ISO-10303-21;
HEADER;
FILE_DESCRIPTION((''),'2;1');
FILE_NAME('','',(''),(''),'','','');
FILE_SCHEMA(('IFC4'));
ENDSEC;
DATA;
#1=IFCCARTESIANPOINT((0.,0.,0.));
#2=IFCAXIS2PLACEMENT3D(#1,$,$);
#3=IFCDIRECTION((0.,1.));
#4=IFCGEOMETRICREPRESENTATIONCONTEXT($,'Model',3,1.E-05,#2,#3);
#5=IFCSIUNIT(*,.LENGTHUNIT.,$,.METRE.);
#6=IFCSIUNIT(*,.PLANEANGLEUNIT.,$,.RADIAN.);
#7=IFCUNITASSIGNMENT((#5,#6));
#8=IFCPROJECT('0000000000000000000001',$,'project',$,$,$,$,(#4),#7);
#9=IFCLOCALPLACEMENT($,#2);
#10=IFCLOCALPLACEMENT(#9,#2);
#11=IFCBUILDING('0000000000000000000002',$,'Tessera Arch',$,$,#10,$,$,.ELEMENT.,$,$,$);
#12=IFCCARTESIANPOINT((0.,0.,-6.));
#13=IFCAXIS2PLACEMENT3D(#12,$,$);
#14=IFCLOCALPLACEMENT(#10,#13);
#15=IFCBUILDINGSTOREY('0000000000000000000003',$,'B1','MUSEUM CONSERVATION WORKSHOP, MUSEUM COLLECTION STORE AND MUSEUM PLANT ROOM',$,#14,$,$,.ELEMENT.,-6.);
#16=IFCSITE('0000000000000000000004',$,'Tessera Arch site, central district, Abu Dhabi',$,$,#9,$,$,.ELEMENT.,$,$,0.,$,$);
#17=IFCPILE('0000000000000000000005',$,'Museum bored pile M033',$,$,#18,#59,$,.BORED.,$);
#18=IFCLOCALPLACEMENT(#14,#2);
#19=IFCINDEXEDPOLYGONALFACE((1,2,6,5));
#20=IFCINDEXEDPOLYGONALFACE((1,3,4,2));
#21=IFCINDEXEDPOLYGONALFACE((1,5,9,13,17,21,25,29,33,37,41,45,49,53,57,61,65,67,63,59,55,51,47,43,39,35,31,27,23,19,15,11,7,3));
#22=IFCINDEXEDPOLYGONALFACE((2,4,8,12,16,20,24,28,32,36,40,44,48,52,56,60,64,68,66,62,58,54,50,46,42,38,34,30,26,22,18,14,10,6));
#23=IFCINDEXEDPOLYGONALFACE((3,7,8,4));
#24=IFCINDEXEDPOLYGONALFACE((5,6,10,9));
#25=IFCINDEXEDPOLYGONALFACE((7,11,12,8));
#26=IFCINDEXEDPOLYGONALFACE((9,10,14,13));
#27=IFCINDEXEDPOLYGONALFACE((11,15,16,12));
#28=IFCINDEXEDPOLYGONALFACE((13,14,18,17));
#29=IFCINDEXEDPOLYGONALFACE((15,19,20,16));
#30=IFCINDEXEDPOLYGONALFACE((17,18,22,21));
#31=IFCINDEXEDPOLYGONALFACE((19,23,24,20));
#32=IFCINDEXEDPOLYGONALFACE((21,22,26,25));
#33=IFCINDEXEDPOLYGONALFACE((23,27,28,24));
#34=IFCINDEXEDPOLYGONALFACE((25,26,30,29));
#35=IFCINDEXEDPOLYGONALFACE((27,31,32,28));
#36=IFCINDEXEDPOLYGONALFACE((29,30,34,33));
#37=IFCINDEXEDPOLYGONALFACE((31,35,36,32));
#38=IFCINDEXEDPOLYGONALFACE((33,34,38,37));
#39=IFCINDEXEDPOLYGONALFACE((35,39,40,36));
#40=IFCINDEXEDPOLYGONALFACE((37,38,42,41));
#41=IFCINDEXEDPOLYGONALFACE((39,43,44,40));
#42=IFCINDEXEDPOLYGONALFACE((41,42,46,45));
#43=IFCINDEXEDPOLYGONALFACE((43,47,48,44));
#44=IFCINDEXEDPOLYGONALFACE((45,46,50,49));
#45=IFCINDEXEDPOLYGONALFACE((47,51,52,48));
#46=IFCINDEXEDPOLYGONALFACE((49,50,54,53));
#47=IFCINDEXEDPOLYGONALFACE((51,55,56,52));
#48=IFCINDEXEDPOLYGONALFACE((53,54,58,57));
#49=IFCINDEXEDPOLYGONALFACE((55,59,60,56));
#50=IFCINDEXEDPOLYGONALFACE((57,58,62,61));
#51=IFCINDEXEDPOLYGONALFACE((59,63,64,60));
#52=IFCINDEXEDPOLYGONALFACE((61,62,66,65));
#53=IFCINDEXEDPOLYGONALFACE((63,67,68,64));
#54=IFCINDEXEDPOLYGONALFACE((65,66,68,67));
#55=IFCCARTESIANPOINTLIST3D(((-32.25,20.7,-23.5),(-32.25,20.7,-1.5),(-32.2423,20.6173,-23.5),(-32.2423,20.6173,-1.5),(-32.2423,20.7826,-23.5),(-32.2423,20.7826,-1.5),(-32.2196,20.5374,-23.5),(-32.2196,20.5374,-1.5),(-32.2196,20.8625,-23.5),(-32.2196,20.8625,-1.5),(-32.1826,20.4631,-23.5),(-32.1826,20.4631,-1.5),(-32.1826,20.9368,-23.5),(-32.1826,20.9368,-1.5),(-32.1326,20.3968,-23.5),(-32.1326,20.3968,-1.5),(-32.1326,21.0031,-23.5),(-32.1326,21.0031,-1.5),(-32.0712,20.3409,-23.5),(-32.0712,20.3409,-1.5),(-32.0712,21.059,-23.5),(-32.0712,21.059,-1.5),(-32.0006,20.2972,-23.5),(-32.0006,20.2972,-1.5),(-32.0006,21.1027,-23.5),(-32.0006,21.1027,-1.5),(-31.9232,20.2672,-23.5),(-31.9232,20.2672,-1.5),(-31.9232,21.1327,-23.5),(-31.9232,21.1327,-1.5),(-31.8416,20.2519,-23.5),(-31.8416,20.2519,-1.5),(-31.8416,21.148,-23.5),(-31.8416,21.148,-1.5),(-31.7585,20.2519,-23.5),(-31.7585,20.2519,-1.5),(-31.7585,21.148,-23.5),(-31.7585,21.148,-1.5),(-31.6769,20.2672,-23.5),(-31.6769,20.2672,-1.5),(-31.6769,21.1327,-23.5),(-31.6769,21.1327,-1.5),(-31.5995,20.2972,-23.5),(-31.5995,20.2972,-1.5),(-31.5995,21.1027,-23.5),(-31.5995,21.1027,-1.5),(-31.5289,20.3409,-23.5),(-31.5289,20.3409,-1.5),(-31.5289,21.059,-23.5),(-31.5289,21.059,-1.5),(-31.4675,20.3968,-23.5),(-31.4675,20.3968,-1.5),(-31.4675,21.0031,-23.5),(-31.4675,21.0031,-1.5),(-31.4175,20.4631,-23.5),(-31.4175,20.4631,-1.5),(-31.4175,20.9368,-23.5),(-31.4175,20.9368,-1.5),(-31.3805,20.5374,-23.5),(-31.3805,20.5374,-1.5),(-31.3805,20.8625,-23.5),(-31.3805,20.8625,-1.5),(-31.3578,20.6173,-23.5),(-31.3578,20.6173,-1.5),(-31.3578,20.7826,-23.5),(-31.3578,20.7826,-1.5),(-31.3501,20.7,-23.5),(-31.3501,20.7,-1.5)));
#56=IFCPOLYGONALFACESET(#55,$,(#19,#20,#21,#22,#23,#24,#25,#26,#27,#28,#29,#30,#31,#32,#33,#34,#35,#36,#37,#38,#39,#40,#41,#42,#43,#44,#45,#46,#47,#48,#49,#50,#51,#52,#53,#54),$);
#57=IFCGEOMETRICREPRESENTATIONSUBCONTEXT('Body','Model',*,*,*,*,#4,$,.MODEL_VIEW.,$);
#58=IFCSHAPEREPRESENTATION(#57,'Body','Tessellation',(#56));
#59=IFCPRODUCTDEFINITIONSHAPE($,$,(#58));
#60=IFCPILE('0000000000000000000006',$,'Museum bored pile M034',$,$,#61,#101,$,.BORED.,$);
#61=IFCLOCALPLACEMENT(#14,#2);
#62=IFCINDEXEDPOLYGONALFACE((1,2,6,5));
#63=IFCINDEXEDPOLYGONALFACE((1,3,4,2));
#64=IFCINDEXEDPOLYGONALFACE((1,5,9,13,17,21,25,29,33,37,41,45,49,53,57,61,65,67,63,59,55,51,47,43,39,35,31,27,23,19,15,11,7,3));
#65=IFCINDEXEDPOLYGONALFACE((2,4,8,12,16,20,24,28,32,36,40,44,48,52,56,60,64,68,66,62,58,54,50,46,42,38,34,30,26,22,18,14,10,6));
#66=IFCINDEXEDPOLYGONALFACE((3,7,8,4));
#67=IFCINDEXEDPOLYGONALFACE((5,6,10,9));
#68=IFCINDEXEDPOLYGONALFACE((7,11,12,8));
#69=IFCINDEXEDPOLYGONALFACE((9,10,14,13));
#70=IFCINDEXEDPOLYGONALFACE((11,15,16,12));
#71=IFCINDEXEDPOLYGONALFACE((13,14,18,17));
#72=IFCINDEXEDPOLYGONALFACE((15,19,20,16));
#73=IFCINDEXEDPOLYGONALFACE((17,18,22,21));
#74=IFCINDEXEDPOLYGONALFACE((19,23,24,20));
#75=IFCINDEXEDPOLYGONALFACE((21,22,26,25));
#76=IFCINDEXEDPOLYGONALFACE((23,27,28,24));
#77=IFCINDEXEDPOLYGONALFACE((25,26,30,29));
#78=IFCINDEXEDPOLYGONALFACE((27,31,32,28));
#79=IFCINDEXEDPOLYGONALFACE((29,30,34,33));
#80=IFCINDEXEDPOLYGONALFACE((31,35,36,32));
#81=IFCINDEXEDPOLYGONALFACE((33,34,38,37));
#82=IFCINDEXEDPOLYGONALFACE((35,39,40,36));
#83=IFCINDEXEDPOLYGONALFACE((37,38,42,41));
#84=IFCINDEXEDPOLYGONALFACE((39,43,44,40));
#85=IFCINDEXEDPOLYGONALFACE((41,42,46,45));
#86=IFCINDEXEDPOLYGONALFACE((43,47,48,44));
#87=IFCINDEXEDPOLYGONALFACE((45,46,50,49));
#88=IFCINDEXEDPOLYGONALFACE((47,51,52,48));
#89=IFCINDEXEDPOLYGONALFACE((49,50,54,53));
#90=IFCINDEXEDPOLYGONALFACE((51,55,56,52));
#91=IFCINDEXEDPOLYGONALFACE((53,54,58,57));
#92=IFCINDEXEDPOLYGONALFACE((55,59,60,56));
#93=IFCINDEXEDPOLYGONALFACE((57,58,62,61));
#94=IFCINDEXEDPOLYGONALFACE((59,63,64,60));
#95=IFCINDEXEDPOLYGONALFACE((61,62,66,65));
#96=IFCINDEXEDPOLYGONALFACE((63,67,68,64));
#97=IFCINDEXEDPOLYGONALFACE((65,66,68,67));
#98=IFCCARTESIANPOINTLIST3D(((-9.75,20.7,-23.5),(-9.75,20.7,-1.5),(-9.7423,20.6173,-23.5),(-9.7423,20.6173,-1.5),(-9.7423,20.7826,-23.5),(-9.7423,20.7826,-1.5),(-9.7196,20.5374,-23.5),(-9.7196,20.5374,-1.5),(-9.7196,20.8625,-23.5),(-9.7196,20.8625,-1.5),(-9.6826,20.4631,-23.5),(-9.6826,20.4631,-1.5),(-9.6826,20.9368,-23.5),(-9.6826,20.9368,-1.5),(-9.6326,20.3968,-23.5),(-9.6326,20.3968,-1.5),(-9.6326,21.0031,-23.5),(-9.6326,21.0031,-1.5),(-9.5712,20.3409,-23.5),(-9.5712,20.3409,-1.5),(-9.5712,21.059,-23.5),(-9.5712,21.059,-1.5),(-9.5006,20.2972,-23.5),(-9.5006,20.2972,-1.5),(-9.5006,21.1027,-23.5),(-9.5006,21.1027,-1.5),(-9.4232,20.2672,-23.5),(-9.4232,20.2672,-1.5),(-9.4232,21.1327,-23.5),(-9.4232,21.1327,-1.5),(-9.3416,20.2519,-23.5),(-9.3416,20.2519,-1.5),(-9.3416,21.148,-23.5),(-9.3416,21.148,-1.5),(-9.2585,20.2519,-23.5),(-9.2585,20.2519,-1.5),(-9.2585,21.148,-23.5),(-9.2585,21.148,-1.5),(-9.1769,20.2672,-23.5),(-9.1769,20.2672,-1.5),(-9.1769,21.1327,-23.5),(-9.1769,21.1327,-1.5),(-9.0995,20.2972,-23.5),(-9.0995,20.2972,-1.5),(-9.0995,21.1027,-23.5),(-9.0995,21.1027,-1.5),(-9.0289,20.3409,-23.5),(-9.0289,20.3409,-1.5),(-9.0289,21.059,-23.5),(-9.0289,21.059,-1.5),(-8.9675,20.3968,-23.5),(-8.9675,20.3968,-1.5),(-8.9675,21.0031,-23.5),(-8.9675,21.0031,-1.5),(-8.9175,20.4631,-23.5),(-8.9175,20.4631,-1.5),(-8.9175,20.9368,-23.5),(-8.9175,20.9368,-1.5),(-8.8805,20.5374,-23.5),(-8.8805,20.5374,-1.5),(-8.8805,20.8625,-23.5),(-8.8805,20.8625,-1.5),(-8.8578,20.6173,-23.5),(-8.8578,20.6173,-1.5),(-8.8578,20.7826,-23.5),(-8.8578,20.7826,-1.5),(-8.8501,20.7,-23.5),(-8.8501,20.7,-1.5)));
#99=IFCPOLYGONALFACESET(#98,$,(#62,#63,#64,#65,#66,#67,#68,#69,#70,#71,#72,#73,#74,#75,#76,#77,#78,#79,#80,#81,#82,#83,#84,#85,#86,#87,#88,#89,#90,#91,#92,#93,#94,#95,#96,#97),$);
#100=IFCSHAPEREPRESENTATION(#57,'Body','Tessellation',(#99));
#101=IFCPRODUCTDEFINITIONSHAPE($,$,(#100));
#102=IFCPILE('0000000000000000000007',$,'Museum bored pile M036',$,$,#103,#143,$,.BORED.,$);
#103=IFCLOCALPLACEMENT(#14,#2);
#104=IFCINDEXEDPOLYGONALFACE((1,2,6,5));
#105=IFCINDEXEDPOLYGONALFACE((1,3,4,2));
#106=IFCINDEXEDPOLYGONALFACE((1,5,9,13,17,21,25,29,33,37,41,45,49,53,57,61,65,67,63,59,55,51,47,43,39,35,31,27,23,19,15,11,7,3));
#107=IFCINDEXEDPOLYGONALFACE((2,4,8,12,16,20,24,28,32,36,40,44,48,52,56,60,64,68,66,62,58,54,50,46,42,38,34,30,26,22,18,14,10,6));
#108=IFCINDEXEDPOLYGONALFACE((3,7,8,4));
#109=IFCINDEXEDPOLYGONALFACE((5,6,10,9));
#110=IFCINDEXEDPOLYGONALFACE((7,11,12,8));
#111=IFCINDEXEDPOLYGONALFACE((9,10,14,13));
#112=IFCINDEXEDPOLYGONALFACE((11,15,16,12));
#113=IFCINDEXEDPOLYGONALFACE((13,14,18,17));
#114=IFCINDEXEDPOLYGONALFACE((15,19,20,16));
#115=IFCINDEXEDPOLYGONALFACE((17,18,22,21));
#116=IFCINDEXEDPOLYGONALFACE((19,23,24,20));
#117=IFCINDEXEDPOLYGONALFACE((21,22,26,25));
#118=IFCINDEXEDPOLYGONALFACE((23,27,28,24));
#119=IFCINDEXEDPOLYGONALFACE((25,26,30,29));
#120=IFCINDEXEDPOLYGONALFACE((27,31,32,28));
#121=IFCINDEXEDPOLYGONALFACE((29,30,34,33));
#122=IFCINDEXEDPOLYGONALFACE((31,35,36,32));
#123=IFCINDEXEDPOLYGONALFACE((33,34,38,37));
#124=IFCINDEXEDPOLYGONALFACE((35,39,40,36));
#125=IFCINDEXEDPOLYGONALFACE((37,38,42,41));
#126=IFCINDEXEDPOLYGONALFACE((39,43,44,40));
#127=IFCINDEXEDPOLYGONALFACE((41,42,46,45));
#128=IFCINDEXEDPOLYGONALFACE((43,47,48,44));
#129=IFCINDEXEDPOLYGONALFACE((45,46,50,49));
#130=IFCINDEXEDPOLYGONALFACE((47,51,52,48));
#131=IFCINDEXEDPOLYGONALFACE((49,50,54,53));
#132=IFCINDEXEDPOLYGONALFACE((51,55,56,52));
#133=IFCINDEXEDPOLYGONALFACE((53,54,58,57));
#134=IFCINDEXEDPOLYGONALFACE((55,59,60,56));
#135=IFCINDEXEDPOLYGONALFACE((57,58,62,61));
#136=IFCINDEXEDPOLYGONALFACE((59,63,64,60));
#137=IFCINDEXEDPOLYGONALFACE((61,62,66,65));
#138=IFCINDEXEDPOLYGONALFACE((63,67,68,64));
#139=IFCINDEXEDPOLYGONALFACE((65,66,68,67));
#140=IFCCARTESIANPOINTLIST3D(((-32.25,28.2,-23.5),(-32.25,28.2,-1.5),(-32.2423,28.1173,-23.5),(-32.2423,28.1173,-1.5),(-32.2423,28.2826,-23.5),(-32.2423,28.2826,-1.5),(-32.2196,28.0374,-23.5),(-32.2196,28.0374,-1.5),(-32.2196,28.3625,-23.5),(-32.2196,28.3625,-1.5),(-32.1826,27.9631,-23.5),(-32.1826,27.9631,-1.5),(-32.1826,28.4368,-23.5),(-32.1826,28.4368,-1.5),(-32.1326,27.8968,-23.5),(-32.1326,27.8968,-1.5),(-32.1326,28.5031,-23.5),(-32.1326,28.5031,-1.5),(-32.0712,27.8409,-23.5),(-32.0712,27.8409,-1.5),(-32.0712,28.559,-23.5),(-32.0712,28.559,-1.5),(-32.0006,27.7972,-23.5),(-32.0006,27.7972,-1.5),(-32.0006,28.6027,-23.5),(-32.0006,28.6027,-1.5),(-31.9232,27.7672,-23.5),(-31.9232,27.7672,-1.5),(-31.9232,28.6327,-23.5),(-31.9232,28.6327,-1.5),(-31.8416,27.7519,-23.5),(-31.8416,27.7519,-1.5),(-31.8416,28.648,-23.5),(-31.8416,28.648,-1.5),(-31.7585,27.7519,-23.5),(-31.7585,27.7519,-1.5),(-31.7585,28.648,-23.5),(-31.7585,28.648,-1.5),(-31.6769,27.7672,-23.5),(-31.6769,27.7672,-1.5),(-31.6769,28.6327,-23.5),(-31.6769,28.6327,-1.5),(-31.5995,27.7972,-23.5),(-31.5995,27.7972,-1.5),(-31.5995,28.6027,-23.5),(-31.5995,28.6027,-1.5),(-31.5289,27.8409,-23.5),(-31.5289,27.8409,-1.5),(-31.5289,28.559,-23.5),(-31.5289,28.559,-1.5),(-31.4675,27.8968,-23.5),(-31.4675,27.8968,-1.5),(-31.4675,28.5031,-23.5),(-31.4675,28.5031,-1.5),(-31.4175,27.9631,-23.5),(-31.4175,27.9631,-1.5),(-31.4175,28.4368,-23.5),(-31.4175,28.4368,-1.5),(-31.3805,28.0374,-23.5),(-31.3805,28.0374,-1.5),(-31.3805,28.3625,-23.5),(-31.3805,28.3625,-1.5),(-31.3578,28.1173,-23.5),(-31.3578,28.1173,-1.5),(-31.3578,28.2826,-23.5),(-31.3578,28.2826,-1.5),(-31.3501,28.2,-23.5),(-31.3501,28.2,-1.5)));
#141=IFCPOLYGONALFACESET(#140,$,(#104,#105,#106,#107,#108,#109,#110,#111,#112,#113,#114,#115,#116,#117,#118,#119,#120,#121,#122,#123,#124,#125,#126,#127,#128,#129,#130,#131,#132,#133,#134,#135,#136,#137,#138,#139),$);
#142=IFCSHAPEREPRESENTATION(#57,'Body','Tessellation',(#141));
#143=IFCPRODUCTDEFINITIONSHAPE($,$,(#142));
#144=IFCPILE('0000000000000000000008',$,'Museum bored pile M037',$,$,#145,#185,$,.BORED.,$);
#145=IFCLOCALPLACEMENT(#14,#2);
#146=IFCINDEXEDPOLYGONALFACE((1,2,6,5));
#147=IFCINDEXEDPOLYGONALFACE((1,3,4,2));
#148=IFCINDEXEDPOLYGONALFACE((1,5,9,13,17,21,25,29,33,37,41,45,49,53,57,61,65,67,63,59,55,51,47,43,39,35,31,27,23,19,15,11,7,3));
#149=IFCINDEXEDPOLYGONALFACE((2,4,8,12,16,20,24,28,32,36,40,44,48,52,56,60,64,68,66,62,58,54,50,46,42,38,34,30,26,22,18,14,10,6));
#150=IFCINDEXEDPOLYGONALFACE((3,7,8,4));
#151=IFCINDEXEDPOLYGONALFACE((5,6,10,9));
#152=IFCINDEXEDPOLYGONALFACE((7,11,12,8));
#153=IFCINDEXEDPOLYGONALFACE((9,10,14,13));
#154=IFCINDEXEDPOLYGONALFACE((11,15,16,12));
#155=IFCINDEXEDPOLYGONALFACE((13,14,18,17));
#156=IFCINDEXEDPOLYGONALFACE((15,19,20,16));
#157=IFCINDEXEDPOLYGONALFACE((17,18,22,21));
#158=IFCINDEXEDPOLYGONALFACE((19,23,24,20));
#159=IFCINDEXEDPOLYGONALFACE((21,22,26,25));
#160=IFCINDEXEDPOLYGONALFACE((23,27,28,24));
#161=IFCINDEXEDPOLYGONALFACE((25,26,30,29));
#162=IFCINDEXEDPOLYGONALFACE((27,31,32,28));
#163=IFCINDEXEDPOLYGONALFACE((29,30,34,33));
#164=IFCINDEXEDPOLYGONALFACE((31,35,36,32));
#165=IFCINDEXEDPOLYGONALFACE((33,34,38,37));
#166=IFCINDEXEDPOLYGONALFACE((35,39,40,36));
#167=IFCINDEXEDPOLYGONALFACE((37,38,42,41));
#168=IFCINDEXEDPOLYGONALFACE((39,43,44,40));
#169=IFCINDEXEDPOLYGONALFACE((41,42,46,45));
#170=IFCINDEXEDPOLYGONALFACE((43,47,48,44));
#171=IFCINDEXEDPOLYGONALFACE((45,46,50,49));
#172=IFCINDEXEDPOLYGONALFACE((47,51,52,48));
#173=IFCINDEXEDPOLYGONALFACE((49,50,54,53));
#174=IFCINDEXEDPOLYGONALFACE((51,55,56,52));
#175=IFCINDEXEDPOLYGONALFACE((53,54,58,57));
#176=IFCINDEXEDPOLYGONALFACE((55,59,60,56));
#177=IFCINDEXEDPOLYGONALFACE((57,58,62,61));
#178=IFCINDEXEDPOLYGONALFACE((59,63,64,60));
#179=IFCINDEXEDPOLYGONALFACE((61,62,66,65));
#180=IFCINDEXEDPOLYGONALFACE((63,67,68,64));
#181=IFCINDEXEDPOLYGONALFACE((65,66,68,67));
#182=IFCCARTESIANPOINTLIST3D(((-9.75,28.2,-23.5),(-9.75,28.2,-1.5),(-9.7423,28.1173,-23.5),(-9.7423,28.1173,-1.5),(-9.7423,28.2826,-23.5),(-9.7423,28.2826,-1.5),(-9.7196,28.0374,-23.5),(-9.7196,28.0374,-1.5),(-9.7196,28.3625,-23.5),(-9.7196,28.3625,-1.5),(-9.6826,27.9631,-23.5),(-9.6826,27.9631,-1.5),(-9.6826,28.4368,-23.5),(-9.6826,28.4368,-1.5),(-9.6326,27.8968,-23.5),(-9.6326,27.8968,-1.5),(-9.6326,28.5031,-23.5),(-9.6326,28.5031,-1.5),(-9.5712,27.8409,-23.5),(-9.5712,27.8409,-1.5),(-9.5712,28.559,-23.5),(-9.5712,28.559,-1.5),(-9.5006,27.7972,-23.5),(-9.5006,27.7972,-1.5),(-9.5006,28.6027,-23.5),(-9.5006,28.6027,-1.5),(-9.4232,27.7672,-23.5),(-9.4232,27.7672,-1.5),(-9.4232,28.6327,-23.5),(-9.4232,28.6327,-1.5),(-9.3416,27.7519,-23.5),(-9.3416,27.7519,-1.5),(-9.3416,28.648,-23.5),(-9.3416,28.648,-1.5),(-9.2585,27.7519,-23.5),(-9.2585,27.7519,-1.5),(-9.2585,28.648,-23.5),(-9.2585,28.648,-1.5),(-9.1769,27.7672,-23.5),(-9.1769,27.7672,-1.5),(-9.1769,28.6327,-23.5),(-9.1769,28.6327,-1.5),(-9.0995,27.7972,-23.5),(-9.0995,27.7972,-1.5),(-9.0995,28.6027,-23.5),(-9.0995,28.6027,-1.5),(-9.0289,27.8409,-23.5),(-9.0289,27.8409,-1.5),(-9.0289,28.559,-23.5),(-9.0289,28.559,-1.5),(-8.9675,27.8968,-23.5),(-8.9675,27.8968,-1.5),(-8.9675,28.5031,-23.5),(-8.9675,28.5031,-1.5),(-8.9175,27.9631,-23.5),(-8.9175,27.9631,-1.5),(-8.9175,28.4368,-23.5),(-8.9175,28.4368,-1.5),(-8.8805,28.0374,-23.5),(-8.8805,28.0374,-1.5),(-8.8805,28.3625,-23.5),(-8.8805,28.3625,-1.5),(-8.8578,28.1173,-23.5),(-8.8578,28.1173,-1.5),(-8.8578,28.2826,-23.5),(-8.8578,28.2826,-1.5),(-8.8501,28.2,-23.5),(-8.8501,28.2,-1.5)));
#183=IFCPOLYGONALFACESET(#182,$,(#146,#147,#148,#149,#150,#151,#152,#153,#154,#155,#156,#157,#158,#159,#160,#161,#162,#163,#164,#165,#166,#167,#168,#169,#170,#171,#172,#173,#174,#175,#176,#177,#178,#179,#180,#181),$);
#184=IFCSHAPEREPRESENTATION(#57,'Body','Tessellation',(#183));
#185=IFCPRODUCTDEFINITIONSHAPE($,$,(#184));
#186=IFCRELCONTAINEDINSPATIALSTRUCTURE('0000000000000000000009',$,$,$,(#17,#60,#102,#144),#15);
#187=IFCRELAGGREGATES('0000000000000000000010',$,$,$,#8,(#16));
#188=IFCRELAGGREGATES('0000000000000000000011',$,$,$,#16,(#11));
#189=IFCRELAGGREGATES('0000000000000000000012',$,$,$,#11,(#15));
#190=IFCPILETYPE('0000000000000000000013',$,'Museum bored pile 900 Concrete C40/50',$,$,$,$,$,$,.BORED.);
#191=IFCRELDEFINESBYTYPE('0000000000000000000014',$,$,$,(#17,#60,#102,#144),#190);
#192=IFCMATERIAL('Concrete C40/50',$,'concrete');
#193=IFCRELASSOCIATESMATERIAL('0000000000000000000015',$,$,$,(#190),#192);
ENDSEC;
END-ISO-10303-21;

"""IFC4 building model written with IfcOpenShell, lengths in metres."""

from ifc_helpers import new_model, si_unit, direction, frame, origin, origin_2d, place, context, subcontext, project, spatial, circle, extrude, material, type_object, element, save


model = new_model("IFC4")

# Units and contexts
model_context = context("Model", 3, precision=1e-05, world=origin(), true_north=direction((0.0, 1.0)))
body_context = subcontext(model_context, "Body", "Model", "MODEL_VIEW")
ifc_project = project(units=[si_unit("LENGTHUNIT", "METRE"), si_unit("PLANEANGLEUNIT", "RADIAN")], contexts=[model_context])

# Site, building, storey
site_placement = place(None, origin())
site = spatial("IfcSite", under=ifc_project, at=site_placement, Name="Tessera Arch site, central district, Abu Dhabi", CompositionType="ELEMENT", RefElevation=0.0)
building_placement = place(site_placement, origin())
building = spatial("IfcBuilding", under=site, at=building_placement, Name="Tessera Arch", CompositionType="ELEMENT")
storey_placement = place(building_placement, frame((0.0, 0.0, -6.0)))
storey = spatial("IfcBuildingStorey", under=building, at=storey_placement, Name="B1", Description="MUSEUM CONSERVATION WORKSHOP, MUSEUM COLLECTION STORE AND MUSEUM PLANT ROOM", CompositionType="ELEMENT", Elevation=-6.0)

# Piles
ifc_material_1 = material(Name="Concrete C40/50", Category="concrete")
pile_type = type_object("IfcPileType", Name="Museum bored pile 900 Concrete C40/50", PredefinedType="BORED", material=ifc_material_1)
for number, where, z_axis, x_axis, name in (
    (1, (-31.8, 20.7, -1.5), (0.0, 0.0, -1.0), (1.0, 0.0, 0.0), "Museum bored pile M033"),
    (2, (-9.3, 20.7, -1.5), (0.0, 0.0, -1.0), (1.0, 0.0, 0.0), "Museum bored pile M034"),
    (3, (-31.8, 28.2, -1.5), (0.0, 0.0, -1.0), (1.0, 0.0, 0.0), "Museum bored pile M036"),
    (4, (-9.3, 28.2, -1.5), (0.0, 0.0, -1.0), (1.0, 0.0, 0.0), "Museum bored pile M037"),
):
    element("IfcPile", number, at=place(storey_placement, frame(where, z_axis=z_axis, x_axis=x_axis)), inside=storey, type_object=pile_type, Name=name, PredefinedType="BORED", context=body_context, shape_type="SweptSolid", body=[
        extrude(circle(Radius=0.45, at=origin_2d()), origin(), (0.0, 0.0, 1.0), 22.0),
    ])

save(model, "model.ifc")
